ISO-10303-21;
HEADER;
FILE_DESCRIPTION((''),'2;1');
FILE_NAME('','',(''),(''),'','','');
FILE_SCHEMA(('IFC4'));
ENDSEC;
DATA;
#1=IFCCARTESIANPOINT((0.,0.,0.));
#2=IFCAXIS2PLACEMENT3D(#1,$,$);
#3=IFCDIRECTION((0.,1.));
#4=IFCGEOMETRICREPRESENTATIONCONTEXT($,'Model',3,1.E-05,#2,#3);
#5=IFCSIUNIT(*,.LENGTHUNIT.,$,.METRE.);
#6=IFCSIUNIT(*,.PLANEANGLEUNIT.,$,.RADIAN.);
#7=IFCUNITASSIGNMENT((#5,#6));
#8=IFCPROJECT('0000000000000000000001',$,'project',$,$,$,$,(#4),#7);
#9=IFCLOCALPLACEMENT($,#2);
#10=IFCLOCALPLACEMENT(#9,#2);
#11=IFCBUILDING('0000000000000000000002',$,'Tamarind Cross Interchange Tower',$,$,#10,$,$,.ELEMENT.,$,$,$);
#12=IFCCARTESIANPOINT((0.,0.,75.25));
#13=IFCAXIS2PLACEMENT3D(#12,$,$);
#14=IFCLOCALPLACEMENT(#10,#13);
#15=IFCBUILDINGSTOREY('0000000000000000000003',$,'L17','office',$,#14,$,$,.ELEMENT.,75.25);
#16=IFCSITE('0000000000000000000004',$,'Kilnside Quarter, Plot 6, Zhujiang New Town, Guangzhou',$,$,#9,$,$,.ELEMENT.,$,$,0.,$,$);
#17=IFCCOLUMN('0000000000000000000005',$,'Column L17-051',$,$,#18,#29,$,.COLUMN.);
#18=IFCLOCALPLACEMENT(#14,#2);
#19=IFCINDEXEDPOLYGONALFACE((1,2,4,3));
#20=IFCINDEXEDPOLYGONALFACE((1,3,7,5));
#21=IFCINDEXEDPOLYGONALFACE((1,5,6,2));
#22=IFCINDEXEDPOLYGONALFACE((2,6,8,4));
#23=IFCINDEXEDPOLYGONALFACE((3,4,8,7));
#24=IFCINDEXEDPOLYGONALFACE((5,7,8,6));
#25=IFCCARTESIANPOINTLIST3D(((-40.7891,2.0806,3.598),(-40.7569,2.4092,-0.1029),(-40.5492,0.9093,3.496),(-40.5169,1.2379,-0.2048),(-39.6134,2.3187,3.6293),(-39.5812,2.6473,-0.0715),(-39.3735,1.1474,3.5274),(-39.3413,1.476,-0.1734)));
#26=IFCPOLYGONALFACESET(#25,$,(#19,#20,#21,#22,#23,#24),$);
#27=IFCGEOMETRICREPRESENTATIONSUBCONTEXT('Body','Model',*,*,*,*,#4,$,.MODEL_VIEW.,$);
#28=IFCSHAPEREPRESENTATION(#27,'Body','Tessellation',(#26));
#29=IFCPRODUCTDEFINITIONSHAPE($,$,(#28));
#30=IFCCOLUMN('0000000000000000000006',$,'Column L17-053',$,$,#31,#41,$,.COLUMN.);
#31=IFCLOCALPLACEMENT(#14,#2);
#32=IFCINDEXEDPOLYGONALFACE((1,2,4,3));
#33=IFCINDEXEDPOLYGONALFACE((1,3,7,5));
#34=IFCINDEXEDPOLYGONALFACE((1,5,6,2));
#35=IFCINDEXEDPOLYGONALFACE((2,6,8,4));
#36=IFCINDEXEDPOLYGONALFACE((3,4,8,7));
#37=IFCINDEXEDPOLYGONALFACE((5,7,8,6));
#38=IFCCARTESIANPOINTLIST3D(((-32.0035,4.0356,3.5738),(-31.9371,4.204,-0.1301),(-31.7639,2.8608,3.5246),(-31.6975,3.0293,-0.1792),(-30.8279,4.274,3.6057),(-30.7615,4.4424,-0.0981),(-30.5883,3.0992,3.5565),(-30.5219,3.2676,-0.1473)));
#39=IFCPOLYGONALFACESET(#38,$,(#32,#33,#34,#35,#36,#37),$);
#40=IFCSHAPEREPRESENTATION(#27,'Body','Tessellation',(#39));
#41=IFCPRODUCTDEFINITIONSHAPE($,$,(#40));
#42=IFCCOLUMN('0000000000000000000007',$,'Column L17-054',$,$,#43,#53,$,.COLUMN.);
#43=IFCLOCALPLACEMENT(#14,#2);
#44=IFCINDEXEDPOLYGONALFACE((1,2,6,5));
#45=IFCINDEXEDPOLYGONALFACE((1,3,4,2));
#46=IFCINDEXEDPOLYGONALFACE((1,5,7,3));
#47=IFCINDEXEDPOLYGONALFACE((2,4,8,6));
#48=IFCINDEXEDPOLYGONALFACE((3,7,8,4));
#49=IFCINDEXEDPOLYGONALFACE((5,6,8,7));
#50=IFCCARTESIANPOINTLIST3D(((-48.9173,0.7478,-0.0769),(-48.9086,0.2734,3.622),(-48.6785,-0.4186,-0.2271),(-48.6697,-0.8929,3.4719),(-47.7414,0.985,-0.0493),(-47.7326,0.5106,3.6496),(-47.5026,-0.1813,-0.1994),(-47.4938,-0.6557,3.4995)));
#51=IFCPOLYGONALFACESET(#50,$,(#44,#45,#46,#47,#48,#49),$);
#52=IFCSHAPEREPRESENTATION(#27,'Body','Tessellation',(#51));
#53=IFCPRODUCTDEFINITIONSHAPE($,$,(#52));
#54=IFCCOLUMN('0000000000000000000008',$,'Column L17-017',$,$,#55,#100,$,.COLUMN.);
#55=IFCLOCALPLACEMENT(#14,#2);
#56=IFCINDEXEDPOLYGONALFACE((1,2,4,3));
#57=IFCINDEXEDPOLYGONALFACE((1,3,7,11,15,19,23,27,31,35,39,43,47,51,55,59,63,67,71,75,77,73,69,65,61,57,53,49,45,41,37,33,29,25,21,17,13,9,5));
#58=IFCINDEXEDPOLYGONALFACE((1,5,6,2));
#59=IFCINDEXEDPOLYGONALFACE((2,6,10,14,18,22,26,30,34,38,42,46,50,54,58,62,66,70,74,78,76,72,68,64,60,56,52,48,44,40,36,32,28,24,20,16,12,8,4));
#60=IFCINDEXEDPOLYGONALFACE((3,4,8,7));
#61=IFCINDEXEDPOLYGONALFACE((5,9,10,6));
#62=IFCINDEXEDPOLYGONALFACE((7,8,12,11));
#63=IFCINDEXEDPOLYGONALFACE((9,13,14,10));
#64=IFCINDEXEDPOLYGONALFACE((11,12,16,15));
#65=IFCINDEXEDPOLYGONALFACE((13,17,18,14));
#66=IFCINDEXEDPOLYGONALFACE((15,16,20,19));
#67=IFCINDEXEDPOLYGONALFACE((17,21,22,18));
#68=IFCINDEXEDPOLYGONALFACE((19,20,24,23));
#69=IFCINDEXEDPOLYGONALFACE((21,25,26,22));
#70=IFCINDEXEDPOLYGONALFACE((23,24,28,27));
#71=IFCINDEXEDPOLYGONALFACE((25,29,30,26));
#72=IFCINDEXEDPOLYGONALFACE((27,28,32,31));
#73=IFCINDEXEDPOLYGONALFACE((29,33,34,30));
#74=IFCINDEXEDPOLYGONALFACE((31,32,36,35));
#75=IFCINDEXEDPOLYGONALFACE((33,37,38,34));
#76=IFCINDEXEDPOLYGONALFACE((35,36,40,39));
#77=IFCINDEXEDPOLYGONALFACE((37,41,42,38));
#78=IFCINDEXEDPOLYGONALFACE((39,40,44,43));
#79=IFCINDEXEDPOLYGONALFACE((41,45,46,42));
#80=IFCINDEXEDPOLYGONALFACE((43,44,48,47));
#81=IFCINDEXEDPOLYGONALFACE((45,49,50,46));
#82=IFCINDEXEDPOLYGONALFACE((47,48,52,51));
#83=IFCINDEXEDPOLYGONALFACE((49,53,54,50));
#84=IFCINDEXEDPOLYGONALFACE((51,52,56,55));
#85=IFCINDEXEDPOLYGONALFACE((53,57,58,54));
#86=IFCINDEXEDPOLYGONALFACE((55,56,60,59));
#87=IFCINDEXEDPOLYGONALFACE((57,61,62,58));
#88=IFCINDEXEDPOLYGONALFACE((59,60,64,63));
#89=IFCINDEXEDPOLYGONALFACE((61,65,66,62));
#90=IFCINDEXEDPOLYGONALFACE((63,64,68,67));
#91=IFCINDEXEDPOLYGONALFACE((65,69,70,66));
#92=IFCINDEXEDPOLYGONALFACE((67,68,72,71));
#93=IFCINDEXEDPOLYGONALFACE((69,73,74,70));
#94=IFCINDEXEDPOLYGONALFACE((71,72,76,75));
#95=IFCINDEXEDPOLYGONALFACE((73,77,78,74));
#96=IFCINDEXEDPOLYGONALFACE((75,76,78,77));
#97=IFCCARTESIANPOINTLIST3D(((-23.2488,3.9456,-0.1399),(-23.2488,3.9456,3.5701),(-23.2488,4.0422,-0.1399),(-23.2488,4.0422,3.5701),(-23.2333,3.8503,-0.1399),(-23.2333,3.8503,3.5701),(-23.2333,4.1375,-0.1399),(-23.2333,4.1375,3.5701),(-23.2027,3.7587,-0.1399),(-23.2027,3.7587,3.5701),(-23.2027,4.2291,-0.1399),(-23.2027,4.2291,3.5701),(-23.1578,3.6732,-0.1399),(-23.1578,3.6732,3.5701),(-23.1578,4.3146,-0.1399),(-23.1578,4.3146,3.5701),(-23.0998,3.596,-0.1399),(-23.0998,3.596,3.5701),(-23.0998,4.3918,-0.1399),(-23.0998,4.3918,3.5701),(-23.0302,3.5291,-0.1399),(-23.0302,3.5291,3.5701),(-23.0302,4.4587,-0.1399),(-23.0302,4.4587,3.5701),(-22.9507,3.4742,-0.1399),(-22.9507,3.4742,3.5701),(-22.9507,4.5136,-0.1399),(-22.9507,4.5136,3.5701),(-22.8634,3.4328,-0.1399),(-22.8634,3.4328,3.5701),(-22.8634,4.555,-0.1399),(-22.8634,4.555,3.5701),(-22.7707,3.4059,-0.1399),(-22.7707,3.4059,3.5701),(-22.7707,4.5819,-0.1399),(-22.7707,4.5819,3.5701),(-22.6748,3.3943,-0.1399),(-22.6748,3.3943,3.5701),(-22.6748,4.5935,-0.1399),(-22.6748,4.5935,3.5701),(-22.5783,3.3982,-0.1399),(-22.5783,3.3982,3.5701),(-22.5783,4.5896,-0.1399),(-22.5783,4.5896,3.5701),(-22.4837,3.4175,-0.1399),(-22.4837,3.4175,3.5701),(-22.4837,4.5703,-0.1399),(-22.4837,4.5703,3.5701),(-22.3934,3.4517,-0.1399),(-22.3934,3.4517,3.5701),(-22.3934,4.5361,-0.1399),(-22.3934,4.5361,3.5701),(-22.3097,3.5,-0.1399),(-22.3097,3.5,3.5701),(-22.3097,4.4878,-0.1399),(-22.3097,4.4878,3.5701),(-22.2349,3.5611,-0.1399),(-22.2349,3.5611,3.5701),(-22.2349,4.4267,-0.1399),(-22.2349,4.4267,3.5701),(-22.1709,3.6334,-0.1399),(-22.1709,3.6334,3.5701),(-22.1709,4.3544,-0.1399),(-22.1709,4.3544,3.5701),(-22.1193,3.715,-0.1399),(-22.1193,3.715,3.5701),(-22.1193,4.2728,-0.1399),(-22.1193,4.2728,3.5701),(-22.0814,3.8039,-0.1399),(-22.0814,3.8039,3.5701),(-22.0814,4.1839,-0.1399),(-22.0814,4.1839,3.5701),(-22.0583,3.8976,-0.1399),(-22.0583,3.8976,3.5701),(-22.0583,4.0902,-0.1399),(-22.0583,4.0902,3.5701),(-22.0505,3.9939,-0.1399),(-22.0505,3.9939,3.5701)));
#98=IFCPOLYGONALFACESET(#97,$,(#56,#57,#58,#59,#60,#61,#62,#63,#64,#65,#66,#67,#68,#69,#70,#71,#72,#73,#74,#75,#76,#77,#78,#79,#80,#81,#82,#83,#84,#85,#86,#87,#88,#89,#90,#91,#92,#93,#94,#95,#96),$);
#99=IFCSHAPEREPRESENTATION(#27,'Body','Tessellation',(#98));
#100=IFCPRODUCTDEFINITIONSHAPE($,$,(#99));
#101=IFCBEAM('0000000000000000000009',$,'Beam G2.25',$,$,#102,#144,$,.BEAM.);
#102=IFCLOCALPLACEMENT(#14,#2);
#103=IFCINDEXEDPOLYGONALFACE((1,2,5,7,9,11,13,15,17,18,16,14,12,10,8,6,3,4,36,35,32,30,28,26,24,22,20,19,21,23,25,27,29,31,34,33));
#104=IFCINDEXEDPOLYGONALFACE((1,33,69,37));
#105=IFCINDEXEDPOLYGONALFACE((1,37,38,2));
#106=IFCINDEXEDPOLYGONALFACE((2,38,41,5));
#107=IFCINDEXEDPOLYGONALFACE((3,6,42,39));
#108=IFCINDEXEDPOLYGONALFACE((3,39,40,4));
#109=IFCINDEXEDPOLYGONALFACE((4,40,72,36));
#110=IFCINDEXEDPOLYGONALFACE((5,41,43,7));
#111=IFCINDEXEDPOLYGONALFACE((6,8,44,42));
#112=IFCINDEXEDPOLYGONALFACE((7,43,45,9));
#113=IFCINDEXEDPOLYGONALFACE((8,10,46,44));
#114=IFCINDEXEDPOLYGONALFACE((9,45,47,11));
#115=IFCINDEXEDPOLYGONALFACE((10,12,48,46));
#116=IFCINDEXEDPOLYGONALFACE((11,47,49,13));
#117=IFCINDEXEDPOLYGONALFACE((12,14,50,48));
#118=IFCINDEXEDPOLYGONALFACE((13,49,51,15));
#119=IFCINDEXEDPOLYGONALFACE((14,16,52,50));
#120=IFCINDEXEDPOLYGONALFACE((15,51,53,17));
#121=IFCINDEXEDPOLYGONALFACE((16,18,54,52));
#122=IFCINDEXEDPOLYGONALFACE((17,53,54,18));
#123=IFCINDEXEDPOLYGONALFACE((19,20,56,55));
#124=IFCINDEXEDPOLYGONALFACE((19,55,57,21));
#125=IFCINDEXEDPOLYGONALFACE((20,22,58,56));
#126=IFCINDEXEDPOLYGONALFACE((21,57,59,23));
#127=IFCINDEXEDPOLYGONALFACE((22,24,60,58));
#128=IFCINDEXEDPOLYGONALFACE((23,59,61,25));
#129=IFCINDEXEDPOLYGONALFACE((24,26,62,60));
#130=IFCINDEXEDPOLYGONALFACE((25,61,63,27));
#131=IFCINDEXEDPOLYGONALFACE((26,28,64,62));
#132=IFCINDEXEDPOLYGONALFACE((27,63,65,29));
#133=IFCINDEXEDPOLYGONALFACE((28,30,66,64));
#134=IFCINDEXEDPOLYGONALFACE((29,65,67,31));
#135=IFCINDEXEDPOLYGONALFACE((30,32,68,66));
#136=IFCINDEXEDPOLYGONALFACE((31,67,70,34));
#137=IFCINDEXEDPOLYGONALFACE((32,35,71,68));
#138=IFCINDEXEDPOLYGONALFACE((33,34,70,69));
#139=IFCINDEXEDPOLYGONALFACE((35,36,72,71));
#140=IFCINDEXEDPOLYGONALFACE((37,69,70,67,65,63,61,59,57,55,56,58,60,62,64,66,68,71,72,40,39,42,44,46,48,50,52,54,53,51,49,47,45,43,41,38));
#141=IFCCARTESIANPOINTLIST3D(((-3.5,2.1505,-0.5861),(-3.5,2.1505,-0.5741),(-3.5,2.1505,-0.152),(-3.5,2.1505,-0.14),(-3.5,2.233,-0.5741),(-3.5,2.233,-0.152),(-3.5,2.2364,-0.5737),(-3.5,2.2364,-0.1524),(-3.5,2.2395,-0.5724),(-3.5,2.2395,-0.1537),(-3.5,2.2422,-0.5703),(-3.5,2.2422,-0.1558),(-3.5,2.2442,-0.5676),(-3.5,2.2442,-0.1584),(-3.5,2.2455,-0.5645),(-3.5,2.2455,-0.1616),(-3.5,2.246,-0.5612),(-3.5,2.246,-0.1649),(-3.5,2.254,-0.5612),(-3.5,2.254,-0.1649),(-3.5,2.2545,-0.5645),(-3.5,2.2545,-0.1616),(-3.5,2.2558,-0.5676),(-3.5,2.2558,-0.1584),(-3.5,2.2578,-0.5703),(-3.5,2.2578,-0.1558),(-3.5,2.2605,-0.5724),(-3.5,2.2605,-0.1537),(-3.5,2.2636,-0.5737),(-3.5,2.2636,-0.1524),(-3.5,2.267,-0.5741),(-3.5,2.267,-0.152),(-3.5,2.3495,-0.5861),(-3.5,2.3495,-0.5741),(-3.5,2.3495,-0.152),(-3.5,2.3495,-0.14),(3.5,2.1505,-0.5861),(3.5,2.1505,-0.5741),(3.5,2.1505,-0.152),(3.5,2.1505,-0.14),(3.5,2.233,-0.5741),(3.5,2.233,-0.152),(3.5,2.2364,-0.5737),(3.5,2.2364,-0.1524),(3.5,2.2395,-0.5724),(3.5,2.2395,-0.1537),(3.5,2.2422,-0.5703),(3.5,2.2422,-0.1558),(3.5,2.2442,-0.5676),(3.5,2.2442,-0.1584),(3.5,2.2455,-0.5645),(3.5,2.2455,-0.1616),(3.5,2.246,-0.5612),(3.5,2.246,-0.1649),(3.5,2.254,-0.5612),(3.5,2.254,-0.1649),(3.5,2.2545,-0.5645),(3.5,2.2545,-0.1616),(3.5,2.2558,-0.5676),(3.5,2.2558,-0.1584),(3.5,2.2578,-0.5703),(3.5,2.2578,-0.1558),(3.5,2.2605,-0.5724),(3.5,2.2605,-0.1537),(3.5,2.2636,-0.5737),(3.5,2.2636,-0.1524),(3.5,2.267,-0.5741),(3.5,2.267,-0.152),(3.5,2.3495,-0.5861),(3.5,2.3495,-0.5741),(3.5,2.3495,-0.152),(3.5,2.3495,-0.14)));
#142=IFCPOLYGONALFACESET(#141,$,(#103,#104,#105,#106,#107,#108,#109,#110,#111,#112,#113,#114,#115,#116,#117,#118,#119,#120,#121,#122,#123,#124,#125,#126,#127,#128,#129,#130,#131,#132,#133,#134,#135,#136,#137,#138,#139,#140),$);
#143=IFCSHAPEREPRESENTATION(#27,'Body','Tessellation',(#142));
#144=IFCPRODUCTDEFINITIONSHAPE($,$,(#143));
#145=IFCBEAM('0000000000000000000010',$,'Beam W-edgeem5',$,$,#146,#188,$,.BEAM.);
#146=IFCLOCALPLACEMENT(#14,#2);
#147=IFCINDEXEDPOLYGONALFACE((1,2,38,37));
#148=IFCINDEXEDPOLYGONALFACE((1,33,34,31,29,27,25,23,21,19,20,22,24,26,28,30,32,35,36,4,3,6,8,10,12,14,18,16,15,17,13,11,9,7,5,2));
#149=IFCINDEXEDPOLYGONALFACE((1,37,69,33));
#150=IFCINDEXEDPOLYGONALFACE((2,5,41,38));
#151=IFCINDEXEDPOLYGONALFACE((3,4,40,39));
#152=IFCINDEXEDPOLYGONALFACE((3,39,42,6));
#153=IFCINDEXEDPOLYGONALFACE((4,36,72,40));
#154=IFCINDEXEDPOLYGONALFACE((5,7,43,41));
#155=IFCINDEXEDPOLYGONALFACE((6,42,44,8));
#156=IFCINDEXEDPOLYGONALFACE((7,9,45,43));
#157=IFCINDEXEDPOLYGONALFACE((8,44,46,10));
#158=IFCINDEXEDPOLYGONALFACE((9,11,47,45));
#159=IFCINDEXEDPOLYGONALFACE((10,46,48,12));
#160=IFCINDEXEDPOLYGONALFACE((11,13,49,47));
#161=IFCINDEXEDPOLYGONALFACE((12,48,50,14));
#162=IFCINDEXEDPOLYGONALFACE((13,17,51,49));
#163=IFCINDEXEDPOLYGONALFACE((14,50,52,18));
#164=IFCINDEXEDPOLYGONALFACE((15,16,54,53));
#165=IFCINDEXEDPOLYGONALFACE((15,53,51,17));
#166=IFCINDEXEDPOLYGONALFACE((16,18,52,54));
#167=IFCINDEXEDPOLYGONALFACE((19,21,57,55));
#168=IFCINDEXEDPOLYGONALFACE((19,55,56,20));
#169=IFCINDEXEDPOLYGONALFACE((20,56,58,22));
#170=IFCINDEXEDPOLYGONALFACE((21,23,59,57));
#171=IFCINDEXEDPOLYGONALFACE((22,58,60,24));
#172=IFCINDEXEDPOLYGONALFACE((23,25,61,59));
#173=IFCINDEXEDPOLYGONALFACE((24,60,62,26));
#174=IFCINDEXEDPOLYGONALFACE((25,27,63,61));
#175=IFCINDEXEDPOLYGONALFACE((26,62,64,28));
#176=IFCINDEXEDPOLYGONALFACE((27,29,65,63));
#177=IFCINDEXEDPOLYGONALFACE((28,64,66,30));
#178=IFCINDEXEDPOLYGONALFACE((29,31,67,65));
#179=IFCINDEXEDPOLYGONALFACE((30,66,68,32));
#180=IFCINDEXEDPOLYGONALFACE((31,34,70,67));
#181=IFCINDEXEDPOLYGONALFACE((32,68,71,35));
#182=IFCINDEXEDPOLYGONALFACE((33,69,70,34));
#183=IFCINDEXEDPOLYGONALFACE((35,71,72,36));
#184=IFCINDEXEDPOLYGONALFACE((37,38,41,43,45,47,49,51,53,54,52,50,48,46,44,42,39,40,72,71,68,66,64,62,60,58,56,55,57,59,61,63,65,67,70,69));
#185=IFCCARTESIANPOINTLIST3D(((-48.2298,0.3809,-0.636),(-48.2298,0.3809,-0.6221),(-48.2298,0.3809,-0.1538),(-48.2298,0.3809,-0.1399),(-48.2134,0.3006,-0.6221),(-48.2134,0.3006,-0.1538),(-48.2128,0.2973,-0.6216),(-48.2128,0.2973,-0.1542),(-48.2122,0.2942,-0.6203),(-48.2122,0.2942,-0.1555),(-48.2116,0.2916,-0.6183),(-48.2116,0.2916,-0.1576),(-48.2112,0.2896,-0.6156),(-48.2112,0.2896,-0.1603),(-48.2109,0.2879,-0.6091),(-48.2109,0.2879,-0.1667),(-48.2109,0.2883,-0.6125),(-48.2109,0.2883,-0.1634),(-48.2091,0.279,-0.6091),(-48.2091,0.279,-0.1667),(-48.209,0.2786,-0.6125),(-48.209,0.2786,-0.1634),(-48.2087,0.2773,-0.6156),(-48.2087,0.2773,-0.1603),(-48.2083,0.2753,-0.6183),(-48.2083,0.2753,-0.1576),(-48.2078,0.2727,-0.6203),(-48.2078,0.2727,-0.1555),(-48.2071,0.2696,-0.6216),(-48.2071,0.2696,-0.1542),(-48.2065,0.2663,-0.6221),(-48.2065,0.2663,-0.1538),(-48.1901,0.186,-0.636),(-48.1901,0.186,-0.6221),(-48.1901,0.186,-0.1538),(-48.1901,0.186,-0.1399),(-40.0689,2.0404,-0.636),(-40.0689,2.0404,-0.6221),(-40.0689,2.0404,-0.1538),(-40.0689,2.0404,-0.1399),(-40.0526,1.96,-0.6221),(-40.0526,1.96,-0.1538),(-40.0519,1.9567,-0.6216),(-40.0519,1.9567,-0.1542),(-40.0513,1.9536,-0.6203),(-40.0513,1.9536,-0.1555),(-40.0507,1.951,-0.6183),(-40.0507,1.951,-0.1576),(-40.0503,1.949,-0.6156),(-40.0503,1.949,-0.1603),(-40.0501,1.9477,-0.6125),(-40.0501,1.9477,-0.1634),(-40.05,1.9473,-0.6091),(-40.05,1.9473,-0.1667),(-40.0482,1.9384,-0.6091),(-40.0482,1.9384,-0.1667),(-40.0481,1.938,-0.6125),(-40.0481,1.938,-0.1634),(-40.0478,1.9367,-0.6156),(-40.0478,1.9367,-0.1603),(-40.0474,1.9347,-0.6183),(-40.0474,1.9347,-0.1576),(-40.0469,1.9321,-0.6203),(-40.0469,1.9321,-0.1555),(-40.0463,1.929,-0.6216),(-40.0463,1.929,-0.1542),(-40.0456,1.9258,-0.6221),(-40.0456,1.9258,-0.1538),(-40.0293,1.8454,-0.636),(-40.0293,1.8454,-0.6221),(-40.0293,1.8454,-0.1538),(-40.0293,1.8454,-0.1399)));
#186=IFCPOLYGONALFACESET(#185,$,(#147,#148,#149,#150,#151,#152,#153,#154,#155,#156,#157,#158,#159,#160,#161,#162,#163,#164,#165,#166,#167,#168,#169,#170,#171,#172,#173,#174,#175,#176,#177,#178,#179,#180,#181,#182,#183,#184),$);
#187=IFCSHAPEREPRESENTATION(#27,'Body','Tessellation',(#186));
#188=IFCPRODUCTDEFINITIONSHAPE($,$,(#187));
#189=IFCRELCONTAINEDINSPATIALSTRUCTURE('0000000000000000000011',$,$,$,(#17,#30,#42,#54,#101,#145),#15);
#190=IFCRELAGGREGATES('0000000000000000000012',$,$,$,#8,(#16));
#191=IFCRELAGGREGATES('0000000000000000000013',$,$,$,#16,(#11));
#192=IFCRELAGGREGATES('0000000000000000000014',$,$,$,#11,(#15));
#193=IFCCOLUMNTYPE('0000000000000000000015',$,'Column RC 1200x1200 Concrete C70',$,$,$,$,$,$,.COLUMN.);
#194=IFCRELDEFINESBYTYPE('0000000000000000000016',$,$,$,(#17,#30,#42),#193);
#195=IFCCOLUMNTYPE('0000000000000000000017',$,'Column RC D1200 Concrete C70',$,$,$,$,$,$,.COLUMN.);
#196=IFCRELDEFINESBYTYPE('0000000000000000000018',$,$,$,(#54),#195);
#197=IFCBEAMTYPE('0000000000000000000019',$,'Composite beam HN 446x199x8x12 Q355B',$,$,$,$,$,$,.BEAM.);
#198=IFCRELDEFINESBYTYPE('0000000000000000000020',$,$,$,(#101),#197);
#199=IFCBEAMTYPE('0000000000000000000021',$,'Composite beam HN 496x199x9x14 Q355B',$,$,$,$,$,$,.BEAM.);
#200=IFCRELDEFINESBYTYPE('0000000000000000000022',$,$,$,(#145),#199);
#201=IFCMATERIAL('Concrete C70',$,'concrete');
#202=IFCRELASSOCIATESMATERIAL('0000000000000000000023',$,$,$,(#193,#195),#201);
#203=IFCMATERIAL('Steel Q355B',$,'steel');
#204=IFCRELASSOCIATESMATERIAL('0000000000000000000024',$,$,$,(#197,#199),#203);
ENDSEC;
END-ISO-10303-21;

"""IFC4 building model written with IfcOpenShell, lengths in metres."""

from ifc_helpers import new_model, si_unit, direction, frame, origin, origin_2d, place, context, subcontext, project, spatial, rectangle, circle, i_section, extrude, material, material_profile, profile_set, type_object, element, save


model = new_model("IFC4")

# Units and contexts
model_context = context("Model", 3, precision=1e-05, world=origin(), true_north=direction((0.0, 1.0)))
body_context = subcontext(model_context, "Body", "Model", "MODEL_VIEW")
ifc_project = project(units=[si_unit("LENGTHUNIT", "METRE"), si_unit("PLANEANGLEUNIT", "RADIAN")], contexts=[model_context])

# Site, building, storey
site_placement = place(None, origin())
site = spatial("IfcSite", under=ifc_project, at=site_placement, Name="Kilnside Quarter, Plot 6, Zhujiang New Town, Guangzhou", CompositionType="ELEMENT", RefElevation=0.0)
building_placement = place(site_placement, origin())
building = spatial("IfcBuilding", under=site, at=building_placement, Name="Tamarind Cross Interchange Tower", CompositionType="ELEMENT")
storey_placement = place(building_placement, frame((0.0, 0.0, 75.25)))
storey = spatial("IfcBuildingStorey", under=building, at=storey_placement, Name="L17", Description="office", CompositionType="ELEMENT", Elevation=75.25)

# Columns
ifc_material_1 = material(Name="Concrete C70", Category="concrete")
ifc_material_profile_1 = material_profile(ifc_material_1, rectangle(XDim=1.2, YDim=1.2, at=origin_2d()), Name="RC 1200x1200")
ifc_profile_set_1 = profile_set([ifc_material_profile_1], Name="Concrete C70")
column_type_1 = type_object("IfcColumnType", Name="Column RC 1200x1200 Concrete C70", PredefinedType="COLUMN", material=ifc_profile_set_1)
column_1_placement = place(storey_placement, frame((-40.0491, 1.9426, -0.1382), z_axis=(-0.008673, -0.088441, 0.996044), x_axis=(0.979766, 0.198433, 0.026151)))
element("IfcColumn", 1, at=column_1_placement, inside=storey, type_object=column_type_1, Name="Column L17-051", PredefinedType="COLUMN", context=body_context, shape_type="SweptSolid", body=[
    extrude(rectangle(XDim=1.2, YDim=1.2, at=origin_2d()), origin(), (0.0, 0.0, 1.0), 3.7156),
])
column_2_placement = place(storey_placement, frame((-31.2295, 3.7358, -0.1387), z_axis=(-0.017908, -0.045427, 0.998807), x_axis=(0.979709, 0.198653, 0.0266)))
element("IfcColumn", 2, at=column_2_placement, inside=storey, type_object=column_type_1, Name="Column L17-053", PredefinedType="COLUMN", context=body_context, shape_type="SweptSolid", body=[
    extrude(rectangle(XDim=1.2, YDim=1.2, at=origin_2d()), origin(), (0.0, 0.0, 1.0), 3.7083),
])
column_3_placement = place(storey_placement, frame((-48.21, 0.2832, -0.1382), z_axis=(0.002357, -0.1272, 0.991874), x_axis=(0.979993, 0.197698, 0.023025)))
element("IfcColumn", 3, at=column_3_placement, inside=storey, type_object=column_type_1, Name="Column L17-054", PredefinedType="COLUMN", context=body_context, shape_type="SweptSolid", body=[
    extrude(rectangle(XDim=1.2, YDim=1.2, at=origin_2d()), origin(), (0.0, 0.0, 1.0), 3.7292),
])
ifc_material_profile_2 = material_profile(ifc_material_1, circle(Radius=0.6001, at=origin_2d()), Name="RC D1200")
ifc_profile_set_2 = profile_set([ifc_material_profile_2], Name="Concrete C70")
column_type_2 = type_object("IfcColumnType", Name="Column RC D1200 Concrete C70", PredefinedType="COLUMN", material=ifc_profile_set_2)
column_4_placement = place(storey_placement, frame((-22.6506, 3.9939, -0.1399), z_axis=(0.0, 0.0, 1.0), x_axis=(1.0, 0.0, 0.0)))
element("IfcColumn", 4, at=column_4_placement, inside=storey, type_object=column_type_2, Name="Column L17-017", PredefinedType="COLUMN", context=body_context, shape_type="SweptSolid", body=[
    extrude(circle(Radius=0.6001, at=origin_2d()), origin(), (0.0, 0.0, 1.0), 3.71),
])

# Beams
ifc_material_2 = material(Name="Steel Q355B", Category="steel")
ifc_material_profile_3 = material_profile(ifc_material_2, i_section(OverallWidth=0.199, OverallDepth=0.446, WebThickness=0.0081, FlangeThickness=0.012, FilletRadius=0.0129, at=origin_2d()), Name="HN 446x199x8x12")
ifc_profile_set_3 = profile_set([ifc_material_profile_3], Name="Steel Q355B")
beam_type_1 = type_object("IfcBeamType", Name="Composite beam HN 446x199x8x12 Q355B", PredefinedType="BEAM", material=ifc_profile_set_3)
beam_1_placement = place(storey_placement, frame((-3.5, 2.25, -0.363), z_axis=(1.0, 0.0, 0.0), x_axis=(0.0, 1.0, 0.0)))
element("IfcBeam", 5, at=beam_1_placement, inside=storey, type_object=beam_type_1, Name="Beam G2.25", PredefinedType="BEAM", context=body_context, shape_type="SweptSolid", body=[
    extrude(i_section(OverallWidth=0.199, OverallDepth=0.446, WebThickness=0.0081, FlangeThickness=0.012, FilletRadius=0.0129, at=origin_2d()), origin(), (0.0, 0.0, 1.0), 7.0),
])
ifc_material_profile_4 = material_profile(ifc_material_2, i_section(OverallWidth=0.199, OverallDepth=0.4961, WebThickness=0.009, FlangeThickness=0.0139, FilletRadius=0.0129, at=origin_2d()), Name="HN 496x199x9x14")
ifc_profile_set_4 = profile_set([ifc_material_profile_4], Name="Steel Q355B")
beam_type_2 = type_object("IfcBeamType", Name="Composite beam HN 496x199x9x14 Q355B", PredefinedType="BEAM", material=ifc_profile_set_4)
beam_2_placement = place(storey_placement, frame((-48.21, 0.2834, -0.3879), z_axis=(0.979946, 0.199261, 0.0), x_axis=(-0.199261, 0.979946, 0.0)))
element("IfcBeam", 6, at=beam_2_placement, inside=storey, type_object=beam_type_2, Name="Beam W-edgeem5", PredefinedType="BEAM", context=body_context, shape_type="SweptSolid", body=[
    extrude(i_section(OverallWidth=0.199, OverallDepth=0.4961, WebThickness=0.009, FlangeThickness=0.0139, FilletRadius=0.0129, at=origin_2d()), origin(), (0.0, 0.0, 1.0), 8.3279),
])

save(model, "model.ifc")
